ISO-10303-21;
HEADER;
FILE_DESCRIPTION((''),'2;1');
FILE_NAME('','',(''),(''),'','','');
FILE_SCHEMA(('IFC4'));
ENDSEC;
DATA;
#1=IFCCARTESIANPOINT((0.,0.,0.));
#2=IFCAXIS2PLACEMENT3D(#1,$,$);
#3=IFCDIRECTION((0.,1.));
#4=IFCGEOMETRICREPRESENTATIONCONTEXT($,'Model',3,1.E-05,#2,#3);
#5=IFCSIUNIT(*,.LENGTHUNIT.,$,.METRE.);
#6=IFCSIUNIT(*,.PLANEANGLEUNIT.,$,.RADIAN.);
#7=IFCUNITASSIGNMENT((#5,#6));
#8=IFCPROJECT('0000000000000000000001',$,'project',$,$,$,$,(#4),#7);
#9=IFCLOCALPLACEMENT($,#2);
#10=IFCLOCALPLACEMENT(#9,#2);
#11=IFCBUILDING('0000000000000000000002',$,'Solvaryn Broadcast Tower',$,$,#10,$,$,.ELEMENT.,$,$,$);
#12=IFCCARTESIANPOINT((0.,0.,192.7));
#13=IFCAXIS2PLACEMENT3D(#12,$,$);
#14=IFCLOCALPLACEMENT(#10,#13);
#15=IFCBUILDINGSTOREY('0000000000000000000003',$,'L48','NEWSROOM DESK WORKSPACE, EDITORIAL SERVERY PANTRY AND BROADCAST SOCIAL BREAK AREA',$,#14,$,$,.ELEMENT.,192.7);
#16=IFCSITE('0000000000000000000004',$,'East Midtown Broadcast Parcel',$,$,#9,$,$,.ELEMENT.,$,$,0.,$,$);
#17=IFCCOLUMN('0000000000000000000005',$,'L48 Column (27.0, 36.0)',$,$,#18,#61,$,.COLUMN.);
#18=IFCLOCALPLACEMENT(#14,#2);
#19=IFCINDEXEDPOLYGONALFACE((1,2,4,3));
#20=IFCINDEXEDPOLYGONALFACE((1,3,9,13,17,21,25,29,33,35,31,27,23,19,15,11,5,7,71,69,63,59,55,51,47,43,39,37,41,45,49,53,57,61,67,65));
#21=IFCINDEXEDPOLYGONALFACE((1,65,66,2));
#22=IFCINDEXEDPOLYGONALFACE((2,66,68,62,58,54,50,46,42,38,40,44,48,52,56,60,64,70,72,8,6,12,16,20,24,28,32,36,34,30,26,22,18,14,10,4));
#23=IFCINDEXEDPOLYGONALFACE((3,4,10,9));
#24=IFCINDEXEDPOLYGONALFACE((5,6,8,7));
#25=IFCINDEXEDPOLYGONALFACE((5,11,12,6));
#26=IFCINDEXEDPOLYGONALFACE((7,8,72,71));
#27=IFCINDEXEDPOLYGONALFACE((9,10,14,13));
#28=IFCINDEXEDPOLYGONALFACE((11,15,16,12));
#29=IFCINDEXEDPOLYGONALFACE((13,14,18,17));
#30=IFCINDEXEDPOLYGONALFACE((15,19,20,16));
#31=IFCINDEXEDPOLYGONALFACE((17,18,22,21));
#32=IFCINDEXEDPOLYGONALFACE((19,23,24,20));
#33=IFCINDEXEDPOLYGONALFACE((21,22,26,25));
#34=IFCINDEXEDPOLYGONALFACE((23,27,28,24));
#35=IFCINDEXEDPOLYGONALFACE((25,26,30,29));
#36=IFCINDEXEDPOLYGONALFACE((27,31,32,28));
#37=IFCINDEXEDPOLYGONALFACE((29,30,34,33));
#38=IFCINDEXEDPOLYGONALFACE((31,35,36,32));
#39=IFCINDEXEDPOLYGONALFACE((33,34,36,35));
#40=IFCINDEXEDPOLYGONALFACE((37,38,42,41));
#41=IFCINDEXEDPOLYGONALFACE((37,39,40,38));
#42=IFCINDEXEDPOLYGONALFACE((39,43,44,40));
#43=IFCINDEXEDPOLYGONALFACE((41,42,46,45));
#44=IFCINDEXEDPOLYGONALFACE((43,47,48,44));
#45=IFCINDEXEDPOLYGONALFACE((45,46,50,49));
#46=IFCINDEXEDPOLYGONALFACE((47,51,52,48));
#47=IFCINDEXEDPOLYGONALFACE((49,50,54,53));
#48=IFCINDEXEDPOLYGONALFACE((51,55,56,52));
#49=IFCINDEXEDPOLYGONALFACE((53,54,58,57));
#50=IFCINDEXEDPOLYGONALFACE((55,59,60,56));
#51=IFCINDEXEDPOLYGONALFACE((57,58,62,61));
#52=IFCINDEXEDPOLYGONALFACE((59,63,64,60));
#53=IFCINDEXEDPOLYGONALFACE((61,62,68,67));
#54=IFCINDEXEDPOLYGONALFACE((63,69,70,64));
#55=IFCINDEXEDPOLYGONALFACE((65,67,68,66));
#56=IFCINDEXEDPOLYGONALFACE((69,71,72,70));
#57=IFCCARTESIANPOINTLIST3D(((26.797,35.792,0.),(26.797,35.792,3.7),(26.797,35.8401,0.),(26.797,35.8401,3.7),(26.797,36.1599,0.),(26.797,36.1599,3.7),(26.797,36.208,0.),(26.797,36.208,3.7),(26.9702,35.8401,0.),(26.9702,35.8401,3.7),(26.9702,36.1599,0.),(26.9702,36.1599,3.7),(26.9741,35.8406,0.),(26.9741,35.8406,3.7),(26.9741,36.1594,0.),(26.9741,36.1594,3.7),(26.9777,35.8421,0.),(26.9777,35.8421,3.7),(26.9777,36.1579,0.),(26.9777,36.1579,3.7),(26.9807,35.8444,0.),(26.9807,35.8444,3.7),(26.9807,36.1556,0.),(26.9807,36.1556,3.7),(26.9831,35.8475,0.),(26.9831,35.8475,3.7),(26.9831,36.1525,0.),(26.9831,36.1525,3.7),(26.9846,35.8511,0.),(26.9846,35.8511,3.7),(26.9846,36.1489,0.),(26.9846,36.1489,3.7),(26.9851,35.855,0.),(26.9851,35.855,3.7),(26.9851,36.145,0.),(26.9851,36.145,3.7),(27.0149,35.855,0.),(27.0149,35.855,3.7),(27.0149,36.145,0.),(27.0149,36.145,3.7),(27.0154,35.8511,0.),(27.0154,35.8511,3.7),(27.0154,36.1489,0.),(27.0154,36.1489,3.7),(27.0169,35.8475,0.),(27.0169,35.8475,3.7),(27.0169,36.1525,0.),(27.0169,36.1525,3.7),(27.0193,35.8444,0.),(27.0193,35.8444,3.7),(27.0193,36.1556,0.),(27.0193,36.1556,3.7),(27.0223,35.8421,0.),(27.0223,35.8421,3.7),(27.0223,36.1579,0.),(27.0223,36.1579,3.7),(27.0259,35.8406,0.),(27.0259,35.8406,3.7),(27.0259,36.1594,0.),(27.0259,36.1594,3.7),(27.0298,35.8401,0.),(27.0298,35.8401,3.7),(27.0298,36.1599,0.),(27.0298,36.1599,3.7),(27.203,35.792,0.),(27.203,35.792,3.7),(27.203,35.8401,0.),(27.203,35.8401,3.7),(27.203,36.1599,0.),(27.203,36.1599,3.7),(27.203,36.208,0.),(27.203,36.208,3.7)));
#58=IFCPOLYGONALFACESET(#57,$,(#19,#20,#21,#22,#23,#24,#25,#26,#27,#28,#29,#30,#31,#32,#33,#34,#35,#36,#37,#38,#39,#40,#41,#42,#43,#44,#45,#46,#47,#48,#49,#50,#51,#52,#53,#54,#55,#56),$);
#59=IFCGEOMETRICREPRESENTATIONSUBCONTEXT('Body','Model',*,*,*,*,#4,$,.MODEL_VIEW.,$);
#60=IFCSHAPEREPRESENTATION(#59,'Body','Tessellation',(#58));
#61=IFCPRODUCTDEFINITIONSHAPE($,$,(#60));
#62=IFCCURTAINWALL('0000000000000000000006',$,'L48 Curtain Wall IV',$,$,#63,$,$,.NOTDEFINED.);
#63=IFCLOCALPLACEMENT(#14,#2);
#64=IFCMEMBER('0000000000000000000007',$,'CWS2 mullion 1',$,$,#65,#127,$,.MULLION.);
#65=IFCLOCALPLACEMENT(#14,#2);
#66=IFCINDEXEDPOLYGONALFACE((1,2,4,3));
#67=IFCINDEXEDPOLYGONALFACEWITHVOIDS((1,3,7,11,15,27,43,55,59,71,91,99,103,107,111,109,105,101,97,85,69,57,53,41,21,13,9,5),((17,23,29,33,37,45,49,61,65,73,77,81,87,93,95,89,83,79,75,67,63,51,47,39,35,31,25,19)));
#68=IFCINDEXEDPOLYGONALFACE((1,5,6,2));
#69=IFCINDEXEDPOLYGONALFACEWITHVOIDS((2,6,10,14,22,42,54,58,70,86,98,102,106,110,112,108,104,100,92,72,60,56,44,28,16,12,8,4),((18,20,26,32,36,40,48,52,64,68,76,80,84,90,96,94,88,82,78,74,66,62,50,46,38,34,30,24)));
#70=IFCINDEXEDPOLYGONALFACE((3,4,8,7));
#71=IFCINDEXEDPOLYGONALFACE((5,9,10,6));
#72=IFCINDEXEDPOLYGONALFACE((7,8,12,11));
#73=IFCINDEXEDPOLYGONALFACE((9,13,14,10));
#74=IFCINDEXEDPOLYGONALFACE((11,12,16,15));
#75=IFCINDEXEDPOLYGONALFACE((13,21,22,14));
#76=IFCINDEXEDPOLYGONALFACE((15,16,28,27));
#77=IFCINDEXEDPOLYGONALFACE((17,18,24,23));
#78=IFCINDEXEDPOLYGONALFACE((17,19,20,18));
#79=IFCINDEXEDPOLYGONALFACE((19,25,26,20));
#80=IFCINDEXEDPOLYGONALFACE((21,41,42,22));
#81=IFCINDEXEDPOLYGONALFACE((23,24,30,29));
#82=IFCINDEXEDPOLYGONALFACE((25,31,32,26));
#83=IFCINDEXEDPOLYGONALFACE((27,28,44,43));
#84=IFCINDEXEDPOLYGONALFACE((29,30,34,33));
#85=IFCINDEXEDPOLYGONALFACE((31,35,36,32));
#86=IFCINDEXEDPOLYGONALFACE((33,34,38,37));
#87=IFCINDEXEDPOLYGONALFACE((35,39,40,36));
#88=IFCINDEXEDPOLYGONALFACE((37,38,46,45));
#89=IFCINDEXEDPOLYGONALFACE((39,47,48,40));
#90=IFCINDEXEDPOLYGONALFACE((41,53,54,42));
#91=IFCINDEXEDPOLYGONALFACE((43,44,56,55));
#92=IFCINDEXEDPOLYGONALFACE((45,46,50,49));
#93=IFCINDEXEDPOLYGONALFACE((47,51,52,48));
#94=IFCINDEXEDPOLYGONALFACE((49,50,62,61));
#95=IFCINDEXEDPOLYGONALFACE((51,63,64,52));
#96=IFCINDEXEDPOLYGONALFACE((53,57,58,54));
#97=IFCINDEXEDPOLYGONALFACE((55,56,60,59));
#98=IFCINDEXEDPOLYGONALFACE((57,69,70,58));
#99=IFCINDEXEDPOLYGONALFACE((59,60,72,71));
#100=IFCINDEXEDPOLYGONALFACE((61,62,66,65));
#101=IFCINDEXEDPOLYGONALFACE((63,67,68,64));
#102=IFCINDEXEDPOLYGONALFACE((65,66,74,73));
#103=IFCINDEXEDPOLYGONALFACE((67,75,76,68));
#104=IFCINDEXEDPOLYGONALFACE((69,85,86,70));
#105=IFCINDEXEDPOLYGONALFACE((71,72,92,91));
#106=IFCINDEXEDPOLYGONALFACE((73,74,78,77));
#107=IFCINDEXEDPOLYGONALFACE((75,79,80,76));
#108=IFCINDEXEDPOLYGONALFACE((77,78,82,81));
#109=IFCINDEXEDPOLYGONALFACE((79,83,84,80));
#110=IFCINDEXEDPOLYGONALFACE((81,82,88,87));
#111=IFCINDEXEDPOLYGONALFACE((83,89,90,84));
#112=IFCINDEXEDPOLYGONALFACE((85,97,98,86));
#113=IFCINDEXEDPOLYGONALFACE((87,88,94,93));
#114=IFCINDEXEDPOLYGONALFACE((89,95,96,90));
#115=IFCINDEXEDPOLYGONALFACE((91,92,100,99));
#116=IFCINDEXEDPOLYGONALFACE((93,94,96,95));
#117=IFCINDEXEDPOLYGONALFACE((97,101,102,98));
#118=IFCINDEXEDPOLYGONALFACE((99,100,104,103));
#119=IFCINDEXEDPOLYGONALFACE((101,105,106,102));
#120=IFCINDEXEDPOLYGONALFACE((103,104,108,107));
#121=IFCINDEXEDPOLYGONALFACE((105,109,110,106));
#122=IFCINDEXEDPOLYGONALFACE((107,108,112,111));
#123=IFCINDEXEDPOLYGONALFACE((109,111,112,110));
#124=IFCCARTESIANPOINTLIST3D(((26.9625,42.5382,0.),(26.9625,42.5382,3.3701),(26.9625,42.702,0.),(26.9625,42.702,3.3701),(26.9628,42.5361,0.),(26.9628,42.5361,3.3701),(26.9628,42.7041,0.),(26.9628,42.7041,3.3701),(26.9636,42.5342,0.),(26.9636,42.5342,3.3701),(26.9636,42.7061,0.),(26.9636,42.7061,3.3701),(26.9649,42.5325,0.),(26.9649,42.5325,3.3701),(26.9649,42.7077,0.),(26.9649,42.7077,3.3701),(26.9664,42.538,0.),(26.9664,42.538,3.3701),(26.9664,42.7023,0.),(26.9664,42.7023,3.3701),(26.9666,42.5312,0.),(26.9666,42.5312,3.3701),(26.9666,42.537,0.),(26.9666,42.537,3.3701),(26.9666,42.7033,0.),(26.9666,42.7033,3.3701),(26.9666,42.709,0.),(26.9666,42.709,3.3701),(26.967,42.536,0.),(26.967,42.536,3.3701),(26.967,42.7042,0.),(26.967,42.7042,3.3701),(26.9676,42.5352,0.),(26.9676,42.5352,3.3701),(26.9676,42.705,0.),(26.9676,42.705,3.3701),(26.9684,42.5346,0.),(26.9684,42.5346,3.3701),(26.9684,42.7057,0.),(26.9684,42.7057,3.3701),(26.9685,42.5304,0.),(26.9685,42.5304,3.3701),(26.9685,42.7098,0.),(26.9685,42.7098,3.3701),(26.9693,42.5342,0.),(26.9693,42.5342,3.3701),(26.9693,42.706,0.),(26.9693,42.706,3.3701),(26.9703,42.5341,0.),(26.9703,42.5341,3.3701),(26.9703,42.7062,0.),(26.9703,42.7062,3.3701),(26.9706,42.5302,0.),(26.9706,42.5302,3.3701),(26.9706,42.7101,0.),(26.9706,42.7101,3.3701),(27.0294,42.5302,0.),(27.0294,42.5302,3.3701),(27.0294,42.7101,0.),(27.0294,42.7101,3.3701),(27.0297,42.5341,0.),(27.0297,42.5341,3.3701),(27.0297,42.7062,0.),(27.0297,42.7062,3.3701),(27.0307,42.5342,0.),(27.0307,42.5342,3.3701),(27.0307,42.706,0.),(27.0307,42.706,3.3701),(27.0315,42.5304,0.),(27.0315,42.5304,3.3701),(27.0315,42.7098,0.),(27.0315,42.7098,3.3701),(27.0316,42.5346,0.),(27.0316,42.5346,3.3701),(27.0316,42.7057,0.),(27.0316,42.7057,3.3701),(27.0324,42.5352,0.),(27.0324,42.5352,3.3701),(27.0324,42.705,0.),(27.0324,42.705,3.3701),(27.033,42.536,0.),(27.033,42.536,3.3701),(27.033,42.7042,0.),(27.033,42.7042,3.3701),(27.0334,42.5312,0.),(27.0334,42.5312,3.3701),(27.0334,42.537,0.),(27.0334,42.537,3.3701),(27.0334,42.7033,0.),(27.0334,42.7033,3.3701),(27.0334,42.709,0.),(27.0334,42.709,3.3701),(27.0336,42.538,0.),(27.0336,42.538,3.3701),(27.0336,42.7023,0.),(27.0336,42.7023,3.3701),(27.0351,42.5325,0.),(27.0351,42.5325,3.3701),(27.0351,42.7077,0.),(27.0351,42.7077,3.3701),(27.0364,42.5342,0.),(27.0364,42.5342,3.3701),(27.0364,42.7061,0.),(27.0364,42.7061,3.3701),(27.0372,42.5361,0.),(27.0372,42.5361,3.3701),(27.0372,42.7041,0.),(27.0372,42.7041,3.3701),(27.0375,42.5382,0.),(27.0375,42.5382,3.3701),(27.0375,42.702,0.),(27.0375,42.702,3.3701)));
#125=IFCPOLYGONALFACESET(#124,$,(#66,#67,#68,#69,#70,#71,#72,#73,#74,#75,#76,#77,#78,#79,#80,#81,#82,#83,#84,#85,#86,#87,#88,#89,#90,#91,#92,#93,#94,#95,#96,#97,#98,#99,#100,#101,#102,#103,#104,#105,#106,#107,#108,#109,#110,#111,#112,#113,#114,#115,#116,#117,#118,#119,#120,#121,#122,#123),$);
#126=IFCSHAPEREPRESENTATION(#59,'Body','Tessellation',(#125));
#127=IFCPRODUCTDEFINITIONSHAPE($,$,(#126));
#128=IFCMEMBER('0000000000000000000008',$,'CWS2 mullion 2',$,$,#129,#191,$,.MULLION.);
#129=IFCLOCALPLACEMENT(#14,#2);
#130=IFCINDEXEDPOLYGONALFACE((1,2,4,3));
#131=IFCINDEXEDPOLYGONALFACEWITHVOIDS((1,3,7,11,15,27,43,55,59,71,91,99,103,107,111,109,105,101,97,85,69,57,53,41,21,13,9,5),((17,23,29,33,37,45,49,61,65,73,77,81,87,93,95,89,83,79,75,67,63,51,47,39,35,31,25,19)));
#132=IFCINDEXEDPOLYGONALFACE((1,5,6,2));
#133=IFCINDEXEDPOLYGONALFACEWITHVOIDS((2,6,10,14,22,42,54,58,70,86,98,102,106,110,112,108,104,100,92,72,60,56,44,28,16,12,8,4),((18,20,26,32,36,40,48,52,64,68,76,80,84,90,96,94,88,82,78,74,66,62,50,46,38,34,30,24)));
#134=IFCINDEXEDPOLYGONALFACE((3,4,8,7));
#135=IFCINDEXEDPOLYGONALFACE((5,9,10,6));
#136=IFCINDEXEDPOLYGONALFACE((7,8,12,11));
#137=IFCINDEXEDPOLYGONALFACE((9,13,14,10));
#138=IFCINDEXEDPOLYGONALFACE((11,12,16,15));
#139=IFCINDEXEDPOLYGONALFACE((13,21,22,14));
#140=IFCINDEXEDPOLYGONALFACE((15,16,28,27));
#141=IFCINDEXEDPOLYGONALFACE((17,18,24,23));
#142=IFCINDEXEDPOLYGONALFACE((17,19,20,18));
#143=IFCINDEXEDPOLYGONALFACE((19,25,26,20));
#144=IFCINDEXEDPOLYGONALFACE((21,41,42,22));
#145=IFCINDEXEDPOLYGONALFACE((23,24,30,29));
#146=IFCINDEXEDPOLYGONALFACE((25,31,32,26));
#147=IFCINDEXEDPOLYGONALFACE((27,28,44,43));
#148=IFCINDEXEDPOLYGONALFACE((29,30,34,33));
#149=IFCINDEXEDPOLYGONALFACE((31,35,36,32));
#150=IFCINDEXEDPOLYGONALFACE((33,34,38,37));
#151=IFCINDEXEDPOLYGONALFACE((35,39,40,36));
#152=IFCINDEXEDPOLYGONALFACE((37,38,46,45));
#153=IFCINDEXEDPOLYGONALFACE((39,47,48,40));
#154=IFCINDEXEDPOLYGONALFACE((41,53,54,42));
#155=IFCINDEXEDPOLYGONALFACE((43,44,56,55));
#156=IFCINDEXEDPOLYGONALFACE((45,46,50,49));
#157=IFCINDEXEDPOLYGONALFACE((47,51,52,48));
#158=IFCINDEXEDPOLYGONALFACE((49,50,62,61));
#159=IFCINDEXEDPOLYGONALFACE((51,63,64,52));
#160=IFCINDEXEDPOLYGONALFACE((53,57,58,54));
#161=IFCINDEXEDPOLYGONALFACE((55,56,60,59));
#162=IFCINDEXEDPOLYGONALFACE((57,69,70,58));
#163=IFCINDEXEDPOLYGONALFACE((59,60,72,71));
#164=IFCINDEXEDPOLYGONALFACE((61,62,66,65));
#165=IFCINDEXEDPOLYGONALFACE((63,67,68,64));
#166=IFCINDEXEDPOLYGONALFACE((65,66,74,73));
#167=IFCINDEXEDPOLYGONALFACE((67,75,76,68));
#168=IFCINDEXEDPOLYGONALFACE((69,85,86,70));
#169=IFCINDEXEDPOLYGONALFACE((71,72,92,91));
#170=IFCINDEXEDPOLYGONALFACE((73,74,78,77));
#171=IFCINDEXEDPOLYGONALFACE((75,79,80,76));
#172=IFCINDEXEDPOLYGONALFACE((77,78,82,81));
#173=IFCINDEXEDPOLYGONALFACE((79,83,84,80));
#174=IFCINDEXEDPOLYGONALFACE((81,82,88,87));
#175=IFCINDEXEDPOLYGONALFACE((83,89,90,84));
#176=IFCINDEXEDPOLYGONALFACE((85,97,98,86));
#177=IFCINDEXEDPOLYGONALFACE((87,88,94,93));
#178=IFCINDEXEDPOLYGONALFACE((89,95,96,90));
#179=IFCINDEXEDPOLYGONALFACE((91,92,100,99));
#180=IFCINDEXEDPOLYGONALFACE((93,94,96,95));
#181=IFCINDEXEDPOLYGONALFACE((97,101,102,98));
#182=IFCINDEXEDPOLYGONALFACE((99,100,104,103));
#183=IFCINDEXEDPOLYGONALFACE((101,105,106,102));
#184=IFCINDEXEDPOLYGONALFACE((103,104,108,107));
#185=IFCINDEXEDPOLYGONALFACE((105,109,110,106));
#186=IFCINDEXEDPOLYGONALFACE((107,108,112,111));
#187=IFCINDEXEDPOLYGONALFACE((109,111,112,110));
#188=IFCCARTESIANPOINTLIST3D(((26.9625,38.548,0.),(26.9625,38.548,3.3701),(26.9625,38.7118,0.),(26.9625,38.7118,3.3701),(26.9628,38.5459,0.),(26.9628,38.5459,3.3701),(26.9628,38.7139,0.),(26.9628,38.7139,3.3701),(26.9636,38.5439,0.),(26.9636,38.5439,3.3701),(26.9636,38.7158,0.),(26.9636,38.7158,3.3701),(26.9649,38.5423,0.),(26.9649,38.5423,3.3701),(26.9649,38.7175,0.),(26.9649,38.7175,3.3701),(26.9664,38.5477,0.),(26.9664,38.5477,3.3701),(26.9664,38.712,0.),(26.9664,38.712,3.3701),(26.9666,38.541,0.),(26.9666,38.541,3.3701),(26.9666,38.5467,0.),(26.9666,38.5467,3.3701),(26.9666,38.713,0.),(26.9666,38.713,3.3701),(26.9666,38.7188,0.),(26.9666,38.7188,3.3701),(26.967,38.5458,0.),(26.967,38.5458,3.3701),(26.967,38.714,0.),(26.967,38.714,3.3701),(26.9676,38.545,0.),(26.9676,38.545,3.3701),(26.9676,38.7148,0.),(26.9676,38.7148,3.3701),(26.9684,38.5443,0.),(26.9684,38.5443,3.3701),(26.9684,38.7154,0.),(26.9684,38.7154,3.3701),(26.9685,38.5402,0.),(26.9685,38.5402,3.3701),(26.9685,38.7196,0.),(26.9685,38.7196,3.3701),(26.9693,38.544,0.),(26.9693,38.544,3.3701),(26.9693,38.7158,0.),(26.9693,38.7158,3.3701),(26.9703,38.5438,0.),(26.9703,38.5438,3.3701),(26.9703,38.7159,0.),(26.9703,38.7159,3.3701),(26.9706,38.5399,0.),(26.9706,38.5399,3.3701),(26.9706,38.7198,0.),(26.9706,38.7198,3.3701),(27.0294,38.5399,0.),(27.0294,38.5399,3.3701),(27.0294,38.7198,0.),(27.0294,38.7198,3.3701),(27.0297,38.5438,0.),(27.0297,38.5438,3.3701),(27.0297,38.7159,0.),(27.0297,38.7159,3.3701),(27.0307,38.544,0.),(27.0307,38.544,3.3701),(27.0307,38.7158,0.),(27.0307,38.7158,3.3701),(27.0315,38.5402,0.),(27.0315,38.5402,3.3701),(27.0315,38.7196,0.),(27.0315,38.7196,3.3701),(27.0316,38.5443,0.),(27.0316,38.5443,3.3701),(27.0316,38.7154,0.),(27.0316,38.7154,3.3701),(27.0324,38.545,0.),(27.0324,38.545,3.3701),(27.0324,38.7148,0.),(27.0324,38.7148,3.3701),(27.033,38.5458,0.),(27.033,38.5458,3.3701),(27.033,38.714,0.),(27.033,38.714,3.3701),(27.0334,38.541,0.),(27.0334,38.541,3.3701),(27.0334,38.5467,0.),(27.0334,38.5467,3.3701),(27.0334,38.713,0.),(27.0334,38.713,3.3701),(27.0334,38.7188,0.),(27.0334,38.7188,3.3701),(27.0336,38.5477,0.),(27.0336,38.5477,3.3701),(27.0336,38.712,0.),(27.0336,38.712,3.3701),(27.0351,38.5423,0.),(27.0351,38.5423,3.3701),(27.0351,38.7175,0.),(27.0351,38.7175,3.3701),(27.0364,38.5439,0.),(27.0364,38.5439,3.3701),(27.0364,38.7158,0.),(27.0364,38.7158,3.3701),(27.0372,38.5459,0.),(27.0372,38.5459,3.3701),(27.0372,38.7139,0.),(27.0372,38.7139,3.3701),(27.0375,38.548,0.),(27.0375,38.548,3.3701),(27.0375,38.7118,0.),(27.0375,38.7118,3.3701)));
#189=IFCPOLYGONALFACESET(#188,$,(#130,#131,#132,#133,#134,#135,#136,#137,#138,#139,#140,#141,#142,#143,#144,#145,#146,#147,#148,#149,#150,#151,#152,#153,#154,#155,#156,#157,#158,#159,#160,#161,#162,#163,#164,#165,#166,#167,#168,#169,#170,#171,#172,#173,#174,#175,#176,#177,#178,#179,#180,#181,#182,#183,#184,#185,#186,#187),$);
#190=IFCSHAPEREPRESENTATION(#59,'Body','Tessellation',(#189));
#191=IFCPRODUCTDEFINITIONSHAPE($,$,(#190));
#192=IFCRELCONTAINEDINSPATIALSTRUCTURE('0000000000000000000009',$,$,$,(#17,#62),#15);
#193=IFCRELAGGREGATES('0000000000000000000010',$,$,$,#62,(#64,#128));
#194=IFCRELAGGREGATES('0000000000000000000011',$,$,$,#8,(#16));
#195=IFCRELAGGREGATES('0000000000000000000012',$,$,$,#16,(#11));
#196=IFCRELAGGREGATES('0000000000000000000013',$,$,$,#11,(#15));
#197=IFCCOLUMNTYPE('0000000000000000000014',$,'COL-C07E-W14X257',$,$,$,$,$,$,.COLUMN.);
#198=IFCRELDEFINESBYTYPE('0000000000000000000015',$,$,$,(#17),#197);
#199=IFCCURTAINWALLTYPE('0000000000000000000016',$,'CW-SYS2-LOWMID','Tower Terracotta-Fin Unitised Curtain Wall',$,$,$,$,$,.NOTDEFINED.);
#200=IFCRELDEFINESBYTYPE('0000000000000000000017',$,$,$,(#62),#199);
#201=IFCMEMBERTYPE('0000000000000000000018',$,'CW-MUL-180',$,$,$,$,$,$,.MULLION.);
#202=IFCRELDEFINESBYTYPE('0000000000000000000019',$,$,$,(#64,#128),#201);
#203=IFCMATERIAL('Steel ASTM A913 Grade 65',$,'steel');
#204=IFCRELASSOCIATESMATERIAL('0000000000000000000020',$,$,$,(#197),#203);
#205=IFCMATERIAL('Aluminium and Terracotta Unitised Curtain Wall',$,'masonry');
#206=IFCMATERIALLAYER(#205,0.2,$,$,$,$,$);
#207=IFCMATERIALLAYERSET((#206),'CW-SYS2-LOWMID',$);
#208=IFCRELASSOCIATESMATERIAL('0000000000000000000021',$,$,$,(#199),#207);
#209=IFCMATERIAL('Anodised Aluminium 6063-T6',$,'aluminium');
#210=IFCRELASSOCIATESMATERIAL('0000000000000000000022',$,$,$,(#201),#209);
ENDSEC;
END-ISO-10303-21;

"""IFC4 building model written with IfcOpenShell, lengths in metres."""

from ifc_helpers import new_model, si_unit, direction, frame, origin, origin_2d, place, context, subcontext, project, spatial, hollow_rectangle, i_section, extrude, material, layer, layer_set, material_profile, profile_set, type_object, element, aggregate, save


model = new_model("IFC4")

# Units and contexts
model_context = context("Model", 3, precision=1e-05, world=origin(), true_north=direction((0.0, 1.0)))
body_context = subcontext(model_context, "Body", "Model", "MODEL_VIEW")
ifc_project = project(units=[si_unit("LENGTHUNIT", "METRE"), si_unit("PLANEANGLEUNIT", "RADIAN")], contexts=[model_context])

# Site, building, storey
site_placement = place(None, origin())
site = spatial("IfcSite", under=ifc_project, at=site_placement, Name="East Midtown Broadcast Parcel", CompositionType="ELEMENT", RefElevation=0.0)
building_placement = place(site_placement, origin())
building = spatial("IfcBuilding", under=site, at=building_placement, Name="Solvaryn Broadcast Tower", CompositionType="ELEMENT")
storey_placement = place(building_placement, frame((0.0, 0.0, 192.7)))
storey = spatial("IfcBuildingStorey", under=building, at=storey_placement, Name="L48", Description="NEWSROOM DESK WORKSPACE, EDITORIAL SERVERY PANTRY AND BROADCAST SOCIAL BREAK AREA", CompositionType="ELEMENT", Elevation=192.7)

# Column
ifc_material_1 = material(Name="Steel ASTM A913 Grade 65", Category="steel")
ifc_material_profile_1 = material_profile(ifc_material_1, i_section(OverallWidth=0.406, OverallDepth=0.416, WebThickness=0.0298, FlangeThickness=0.0481, FilletRadius=0.0149, at=origin_2d()))
ifc_profile_set_1 = profile_set([ifc_material_profile_1], Name="Steel ASTM A913 Grade 65")
column_type = type_object("IfcColumnType", Name="COL-C07E-W14X257", PredefinedType="COLUMN", material=ifc_profile_set_1)
column_placement = place(storey_placement, frame((27.0, 36.0, 0.0), z_axis=(0.0, 0.0, 1.0), x_axis=(1.0, 0.0, 0.0)))
element("IfcColumn", 1, at=column_placement, inside=storey, type_object=column_type, Name="L48 Column (27.0, 36.0)", PredefinedType="COLUMN", context=body_context, shape_type="SweptSolid", body=[
    extrude(i_section(OverallWidth=0.406, OverallDepth=0.416, WebThickness=0.0298, FlangeThickness=0.0481, FilletRadius=0.0149, at=origin_2d()), origin(), (0.0, 0.0, 1.0), 3.7),
])

# Curtain wall, members
ifc_material_2 = material(Name="Aluminium and Terracotta Unitised Curtain Wall", Category="masonry")
ifc_layer_1 = layer(ifc_material_2, 0.2)
ifc_layer_set_1 = layer_set([ifc_layer_1], Name="CW-SYS2-LOWMID")
curtain_wall_type = type_object("IfcCurtainWallType", Name="CW-SYS2-LOWMID", Description="Tower Terracotta-Fin Unitised Curtain Wall", PredefinedType="NOTDEFINED", material=ifc_layer_set_1)
curtain_wall_1_placement = place(storey_placement, origin())
curtain_wall_1 = element("IfcCurtainWall", 2, at=curtain_wall_1_placement, inside=storey, type_object=curtain_wall_type, Name="L48 Curtain Wall IV", PredefinedType="NOTDEFINED")
ifc_material_3 = material(Name="Anodised Aluminium 6063-T6", Category="aluminium")
ifc_material_profile_2 = material_profile(ifc_material_3, hollow_rectangle(XDim=0.075, YDim=0.1799, WallThickness=0.0039, InnerFilletRadius=0.0039, OuterFilletRadius=0.0081, at=origin_2d()))
ifc_profile_set_2 = profile_set([ifc_material_profile_2], Name="Anodised Aluminium 6063-T6")
member_type_1 = type_object("IfcMemberType", Name="CW-MUL-180", PredefinedType="MULLION", material=ifc_profile_set_2)
member_1_placement = place(storey_placement, frame((27.0, 42.6201, 0.0), z_axis=(0.0, 0.0, 1.0), x_axis=(1.0, 0.0, 0.0)))
member_1 = element("IfcMember", 3, at=member_1_placement, type_object=member_type_1, Name="CWS2 mullion 1", PredefinedType="MULLION", context=body_context, shape_type="SweptSolid", body=[
    extrude(hollow_rectangle(XDim=0.075, YDim=0.1799, WallThickness=0.0039, InnerFilletRadius=0.0039, OuterFilletRadius=0.0081, at=origin_2d()), origin(), (0.0, 0.0, 1.0), 3.3701),
])
member_2_placement = place(storey_placement, frame((27.0, 38.6299, 0.0), z_axis=(0.0, 0.0, 1.0), x_axis=(1.0, 0.0, 0.0)))
member_2 = element("IfcMember", 4, at=member_2_placement, type_object=member_type_1, Name="CWS2 mullion 2", PredefinedType="MULLION", context=body_context, shape_type="SweptSolid", body=[
    extrude(hollow_rectangle(XDim=0.075, YDim=0.1799, WallThickness=0.0039, InnerFilletRadius=0.0039, OuterFilletRadius=0.0081, at=origin_2d()), origin(), (0.0, 0.0, 1.0), 3.3701),
])

aggregate(curtain_wall_1, [member_1, member_2])

save(model, "model.ifc")
